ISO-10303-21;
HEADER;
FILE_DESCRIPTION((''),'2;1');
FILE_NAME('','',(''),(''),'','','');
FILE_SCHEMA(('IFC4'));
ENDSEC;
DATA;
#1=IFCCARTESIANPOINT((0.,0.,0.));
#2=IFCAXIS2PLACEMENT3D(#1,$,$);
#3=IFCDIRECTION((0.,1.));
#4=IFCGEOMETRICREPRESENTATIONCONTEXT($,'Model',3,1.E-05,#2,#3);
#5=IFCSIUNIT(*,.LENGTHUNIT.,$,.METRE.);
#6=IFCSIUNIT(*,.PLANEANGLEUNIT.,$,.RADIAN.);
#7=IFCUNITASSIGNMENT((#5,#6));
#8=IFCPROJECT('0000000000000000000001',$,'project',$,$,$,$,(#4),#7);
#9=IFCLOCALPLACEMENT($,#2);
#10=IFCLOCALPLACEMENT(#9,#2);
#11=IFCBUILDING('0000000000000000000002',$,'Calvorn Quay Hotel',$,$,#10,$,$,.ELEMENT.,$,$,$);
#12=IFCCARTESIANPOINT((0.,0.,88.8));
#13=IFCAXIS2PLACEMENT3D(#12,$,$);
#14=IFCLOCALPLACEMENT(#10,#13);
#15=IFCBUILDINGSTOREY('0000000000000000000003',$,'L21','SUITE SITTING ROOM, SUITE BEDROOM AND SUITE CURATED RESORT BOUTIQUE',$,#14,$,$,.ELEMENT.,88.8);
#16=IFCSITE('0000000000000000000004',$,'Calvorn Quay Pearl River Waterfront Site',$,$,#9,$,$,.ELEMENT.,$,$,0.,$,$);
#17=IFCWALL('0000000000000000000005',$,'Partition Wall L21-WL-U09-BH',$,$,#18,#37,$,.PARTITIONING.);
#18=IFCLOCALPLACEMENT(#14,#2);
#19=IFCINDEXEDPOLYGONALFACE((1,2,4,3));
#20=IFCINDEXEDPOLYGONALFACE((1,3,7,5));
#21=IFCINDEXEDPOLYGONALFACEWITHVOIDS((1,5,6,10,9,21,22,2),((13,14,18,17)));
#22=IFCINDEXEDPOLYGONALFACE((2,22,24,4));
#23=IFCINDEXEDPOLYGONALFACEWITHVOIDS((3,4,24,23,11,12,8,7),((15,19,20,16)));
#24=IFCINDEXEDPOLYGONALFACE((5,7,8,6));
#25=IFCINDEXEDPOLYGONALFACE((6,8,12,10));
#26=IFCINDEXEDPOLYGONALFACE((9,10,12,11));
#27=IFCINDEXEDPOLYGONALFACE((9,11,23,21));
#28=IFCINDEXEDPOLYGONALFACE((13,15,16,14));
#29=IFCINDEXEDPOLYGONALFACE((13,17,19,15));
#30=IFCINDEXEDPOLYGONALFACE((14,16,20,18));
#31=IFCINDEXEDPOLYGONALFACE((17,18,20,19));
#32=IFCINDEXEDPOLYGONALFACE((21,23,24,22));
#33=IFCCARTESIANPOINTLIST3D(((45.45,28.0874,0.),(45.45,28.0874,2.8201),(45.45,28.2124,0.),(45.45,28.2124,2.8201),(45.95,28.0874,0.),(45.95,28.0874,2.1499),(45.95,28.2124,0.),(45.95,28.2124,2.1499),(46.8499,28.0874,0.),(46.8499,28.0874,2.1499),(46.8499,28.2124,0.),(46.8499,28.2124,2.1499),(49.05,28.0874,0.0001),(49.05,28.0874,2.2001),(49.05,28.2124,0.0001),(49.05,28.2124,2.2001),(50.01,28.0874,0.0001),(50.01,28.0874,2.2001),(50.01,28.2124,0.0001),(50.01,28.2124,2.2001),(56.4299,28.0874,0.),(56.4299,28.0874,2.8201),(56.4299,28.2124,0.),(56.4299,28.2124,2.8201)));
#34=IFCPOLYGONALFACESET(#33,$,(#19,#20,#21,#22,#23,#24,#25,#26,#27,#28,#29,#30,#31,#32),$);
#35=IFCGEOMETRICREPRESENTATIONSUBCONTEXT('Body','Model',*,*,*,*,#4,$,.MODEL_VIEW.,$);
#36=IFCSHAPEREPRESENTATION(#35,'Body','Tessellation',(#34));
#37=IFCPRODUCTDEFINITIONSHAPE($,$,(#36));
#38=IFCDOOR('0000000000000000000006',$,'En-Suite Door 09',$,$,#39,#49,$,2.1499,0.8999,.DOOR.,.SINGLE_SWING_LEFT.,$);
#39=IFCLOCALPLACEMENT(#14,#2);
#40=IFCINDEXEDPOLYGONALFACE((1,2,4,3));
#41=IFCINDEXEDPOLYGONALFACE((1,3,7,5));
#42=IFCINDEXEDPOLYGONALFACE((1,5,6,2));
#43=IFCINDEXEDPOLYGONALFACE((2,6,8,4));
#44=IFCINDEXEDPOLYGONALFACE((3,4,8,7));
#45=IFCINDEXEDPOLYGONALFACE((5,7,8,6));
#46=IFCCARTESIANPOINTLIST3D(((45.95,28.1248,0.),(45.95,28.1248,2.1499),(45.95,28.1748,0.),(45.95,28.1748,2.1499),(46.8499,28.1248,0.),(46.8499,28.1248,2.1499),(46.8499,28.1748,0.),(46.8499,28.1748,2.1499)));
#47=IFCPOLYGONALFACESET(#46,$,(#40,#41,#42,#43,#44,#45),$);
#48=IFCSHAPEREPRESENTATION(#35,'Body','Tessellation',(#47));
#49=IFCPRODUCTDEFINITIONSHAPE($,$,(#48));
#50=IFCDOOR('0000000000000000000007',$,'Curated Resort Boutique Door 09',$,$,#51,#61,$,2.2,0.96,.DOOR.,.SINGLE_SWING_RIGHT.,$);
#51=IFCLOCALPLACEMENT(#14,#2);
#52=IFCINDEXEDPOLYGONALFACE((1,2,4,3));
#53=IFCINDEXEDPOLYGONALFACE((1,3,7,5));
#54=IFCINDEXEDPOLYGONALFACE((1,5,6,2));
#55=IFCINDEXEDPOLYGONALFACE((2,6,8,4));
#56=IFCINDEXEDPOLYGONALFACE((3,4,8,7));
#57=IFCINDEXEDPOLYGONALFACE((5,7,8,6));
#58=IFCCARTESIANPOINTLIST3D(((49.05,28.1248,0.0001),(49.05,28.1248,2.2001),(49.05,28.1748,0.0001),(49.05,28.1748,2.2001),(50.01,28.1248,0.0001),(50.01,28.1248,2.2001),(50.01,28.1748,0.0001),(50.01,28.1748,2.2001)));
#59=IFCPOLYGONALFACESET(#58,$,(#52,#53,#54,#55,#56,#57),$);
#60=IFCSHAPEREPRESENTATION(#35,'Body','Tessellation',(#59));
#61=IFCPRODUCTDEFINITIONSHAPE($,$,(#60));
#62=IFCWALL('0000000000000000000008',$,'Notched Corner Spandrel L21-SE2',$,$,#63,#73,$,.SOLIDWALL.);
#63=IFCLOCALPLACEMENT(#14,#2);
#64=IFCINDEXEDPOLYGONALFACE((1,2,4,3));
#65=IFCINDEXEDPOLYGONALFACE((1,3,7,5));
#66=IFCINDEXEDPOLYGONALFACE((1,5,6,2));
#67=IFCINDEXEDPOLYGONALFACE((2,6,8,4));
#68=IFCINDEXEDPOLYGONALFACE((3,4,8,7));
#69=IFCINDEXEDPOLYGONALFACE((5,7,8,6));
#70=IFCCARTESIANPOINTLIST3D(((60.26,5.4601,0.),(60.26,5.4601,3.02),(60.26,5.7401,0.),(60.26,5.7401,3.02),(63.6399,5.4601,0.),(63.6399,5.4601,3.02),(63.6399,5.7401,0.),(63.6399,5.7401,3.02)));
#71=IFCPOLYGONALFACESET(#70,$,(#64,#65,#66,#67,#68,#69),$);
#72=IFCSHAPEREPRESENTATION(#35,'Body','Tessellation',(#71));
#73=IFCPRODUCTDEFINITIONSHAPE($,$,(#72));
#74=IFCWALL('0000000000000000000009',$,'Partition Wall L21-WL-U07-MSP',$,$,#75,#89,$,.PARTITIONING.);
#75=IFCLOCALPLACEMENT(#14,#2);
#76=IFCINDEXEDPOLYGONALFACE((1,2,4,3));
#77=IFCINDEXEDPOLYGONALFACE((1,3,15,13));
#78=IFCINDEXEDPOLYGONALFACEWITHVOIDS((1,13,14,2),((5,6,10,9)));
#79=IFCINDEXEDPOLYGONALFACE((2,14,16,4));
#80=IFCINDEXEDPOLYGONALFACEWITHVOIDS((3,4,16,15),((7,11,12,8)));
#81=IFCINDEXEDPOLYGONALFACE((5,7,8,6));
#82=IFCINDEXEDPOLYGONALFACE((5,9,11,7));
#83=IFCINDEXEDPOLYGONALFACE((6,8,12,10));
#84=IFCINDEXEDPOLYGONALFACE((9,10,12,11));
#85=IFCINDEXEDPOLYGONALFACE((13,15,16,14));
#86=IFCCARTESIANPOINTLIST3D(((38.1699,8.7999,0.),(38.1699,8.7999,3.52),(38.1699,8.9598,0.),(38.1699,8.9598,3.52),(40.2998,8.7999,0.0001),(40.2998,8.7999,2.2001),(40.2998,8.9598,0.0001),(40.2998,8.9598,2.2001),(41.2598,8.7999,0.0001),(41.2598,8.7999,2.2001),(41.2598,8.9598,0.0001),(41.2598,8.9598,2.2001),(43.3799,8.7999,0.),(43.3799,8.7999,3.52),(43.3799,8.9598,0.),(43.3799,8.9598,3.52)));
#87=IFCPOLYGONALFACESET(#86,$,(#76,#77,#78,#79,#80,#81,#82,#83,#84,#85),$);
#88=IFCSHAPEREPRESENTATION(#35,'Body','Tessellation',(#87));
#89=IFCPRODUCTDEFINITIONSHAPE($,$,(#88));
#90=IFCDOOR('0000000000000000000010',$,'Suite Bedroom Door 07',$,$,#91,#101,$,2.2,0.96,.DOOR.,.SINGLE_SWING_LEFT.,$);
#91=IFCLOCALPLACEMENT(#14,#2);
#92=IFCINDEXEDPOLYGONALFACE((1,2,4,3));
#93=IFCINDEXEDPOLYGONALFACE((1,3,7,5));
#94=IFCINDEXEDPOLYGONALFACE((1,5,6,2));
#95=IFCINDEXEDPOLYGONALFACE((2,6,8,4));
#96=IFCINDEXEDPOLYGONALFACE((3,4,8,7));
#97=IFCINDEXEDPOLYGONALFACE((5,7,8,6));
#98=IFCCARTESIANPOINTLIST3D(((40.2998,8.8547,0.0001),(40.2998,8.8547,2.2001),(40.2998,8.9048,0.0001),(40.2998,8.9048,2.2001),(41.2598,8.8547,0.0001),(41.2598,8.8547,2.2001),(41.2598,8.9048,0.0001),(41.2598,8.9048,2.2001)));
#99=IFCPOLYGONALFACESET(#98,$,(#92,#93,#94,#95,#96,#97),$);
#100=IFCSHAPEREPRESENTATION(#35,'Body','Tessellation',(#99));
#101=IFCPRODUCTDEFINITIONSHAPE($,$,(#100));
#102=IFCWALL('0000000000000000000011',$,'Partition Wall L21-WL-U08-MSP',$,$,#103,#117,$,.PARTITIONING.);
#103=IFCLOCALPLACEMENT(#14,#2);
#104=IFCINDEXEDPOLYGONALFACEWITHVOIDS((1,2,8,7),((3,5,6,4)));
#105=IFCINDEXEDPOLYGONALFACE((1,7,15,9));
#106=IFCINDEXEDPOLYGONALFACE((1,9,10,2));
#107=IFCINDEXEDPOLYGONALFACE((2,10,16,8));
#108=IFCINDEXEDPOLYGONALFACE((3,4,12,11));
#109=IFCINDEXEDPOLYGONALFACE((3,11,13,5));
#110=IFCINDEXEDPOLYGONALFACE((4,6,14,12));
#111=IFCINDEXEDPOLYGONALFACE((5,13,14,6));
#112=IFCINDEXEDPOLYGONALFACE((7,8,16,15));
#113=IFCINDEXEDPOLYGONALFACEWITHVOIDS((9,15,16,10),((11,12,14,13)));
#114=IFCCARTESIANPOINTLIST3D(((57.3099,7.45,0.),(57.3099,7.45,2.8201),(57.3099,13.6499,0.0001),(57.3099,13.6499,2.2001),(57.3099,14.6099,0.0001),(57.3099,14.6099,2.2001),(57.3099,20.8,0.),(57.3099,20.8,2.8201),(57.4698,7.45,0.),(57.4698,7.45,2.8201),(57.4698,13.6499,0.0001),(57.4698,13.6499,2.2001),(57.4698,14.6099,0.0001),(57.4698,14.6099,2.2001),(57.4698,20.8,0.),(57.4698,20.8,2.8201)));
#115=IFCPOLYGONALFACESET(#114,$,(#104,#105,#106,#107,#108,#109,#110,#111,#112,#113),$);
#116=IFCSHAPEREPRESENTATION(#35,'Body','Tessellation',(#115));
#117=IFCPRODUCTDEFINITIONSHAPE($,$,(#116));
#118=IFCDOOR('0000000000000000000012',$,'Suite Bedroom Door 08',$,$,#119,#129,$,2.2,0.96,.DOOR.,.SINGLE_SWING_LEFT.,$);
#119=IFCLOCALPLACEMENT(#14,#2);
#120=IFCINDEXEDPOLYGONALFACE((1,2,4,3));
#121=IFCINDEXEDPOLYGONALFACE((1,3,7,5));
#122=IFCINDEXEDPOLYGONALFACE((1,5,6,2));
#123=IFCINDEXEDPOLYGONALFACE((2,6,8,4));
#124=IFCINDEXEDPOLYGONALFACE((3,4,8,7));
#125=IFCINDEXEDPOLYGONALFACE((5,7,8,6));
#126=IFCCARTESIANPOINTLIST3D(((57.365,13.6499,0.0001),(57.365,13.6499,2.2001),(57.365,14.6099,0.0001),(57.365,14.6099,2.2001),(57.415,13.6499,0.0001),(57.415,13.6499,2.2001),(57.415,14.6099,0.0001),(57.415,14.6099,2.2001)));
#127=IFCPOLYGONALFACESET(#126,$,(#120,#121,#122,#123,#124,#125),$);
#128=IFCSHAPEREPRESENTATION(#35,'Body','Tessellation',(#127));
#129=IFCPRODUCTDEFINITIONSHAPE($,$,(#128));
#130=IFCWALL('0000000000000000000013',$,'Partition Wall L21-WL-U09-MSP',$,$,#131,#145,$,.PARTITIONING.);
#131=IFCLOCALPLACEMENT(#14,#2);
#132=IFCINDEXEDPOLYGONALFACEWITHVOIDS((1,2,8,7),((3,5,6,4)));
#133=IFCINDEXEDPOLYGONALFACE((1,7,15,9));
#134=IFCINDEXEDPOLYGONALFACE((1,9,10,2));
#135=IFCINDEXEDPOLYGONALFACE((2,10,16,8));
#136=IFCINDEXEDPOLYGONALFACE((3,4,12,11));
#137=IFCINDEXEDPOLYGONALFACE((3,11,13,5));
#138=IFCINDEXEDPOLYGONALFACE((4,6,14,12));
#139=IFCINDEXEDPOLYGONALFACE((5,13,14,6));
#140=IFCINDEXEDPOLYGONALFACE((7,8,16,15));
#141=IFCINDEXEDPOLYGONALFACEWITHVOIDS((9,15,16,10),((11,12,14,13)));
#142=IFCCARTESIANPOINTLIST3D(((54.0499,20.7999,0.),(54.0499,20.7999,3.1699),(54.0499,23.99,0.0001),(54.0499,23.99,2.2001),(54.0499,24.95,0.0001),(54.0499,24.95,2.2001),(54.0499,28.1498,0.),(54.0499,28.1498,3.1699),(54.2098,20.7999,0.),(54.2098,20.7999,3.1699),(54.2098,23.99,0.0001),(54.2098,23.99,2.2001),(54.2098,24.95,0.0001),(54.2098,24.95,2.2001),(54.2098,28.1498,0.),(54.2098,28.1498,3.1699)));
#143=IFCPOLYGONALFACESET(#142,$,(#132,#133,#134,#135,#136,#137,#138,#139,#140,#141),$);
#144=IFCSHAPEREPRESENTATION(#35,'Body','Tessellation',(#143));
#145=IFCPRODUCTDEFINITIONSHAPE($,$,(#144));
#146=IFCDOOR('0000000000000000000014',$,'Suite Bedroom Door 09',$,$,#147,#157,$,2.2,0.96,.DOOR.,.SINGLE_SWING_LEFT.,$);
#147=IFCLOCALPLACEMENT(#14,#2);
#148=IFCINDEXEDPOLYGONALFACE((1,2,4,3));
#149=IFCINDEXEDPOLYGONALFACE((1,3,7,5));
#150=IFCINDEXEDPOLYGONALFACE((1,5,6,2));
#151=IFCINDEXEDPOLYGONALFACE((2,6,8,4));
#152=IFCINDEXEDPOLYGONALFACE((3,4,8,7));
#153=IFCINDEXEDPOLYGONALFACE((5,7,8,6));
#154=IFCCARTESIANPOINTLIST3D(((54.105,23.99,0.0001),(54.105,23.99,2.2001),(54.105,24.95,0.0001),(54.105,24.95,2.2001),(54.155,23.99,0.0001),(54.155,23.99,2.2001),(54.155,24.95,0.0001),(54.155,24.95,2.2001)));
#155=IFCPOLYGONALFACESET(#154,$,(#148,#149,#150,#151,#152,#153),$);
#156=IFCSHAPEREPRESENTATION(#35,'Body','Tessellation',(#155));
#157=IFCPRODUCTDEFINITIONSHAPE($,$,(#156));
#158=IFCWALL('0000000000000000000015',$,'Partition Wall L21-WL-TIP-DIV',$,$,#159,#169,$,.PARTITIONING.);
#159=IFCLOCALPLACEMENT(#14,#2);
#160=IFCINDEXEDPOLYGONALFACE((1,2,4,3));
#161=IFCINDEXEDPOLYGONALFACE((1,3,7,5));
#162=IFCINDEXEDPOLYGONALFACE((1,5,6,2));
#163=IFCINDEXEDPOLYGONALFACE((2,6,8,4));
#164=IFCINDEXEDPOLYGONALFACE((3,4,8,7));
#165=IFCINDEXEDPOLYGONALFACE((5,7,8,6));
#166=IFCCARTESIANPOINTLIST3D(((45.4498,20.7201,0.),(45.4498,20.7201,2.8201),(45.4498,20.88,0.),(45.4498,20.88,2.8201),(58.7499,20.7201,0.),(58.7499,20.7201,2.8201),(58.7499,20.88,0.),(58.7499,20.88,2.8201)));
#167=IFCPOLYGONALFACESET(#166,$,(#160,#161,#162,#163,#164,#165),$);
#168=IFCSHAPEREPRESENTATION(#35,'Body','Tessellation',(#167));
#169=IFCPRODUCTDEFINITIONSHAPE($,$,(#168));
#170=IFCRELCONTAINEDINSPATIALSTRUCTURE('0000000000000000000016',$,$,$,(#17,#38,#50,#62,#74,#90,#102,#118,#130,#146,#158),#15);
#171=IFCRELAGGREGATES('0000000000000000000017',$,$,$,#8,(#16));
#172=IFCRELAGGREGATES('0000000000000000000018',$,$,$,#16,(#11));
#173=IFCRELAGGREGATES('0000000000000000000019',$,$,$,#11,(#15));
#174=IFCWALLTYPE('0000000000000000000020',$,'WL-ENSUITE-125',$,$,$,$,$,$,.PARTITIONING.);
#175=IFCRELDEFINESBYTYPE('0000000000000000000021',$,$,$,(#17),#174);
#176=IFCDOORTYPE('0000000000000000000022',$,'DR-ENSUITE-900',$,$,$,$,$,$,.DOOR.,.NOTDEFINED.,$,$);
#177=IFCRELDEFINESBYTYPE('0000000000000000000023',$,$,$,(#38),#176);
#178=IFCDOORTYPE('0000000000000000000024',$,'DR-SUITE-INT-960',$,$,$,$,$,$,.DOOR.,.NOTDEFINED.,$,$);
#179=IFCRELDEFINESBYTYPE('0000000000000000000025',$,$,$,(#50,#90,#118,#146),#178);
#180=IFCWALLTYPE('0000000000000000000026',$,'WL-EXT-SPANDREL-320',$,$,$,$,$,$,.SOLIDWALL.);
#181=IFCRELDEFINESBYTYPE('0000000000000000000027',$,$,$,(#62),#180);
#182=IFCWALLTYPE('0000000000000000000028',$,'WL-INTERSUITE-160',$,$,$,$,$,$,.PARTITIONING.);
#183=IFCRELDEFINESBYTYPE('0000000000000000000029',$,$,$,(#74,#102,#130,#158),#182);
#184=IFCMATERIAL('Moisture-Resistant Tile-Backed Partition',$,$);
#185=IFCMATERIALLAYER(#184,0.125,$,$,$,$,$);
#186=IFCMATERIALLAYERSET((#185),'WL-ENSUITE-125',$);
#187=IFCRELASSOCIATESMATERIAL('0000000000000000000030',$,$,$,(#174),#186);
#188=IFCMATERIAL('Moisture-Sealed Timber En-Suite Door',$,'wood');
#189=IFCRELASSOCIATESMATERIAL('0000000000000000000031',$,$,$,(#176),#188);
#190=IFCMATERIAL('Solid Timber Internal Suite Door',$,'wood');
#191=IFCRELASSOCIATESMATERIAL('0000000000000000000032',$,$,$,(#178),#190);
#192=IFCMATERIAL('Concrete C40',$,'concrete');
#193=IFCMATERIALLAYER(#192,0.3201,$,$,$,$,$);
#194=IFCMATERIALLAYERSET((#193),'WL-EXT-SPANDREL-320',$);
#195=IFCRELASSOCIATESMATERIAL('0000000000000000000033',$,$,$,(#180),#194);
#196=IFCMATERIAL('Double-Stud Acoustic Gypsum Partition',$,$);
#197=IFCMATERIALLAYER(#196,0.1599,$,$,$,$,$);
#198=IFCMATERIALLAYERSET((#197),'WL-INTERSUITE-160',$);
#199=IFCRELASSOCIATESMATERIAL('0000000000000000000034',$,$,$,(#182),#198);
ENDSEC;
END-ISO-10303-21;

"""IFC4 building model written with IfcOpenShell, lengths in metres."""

from ifc_helpers import new_model, si_unit, direction, frame, frame_2d, origin, place, context, subcontext, project, spatial, rectangle, extrude, material, layer, layer_set, type_object, element, fill, save


model = new_model("IFC4")

# Units and contexts
model_context = context("Model", 3, precision=1e-05, world=origin(), true_north=direction((0.0, 1.0)))
body_context = subcontext(model_context, "Body", "Model", "MODEL_VIEW")
ifc_project = project(units=[si_unit("LENGTHUNIT", "METRE"), si_unit("PLANEANGLEUNIT", "RADIAN")], contexts=[model_context])

# Site, building, storey
site_placement = place(None, origin())
site = spatial("IfcSite", under=ifc_project, at=site_placement, Name="Calvorn Quay Pearl River Waterfront Site", CompositionType="ELEMENT", RefElevation=0.0)
building_placement = place(site_placement, origin())
building = spatial("IfcBuilding", under=site, at=building_placement, Name="Calvorn Quay Hotel", CompositionType="ELEMENT")
storey_placement = place(building_placement, frame((0.0, 0.0, 88.8)))
storey = spatial("IfcBuildingStorey", under=building, at=storey_placement, Name="L21", Description="SUITE SITTING ROOM, SUITE BEDROOM AND SUITE CURATED RESORT BOUTIQUE", CompositionType="ELEMENT", Elevation=88.8)

# Shared definitions
ifc_material_1 = material(Name="Moisture-Resistant Tile-Backed Partition")
ifc_layer_1 = layer(ifc_material_1, 0.125)
ifc_layer_set_1 = layer_set([ifc_layer_1], Name="WL-ENSUITE-125")
wall_type_1 = type_object("IfcWallType", Name="WL-ENSUITE-125", PredefinedType="PARTITIONING", material=ifc_layer_set_1)

# Wall, openings, doors
ifc_material_2 = material(Name="Moisture-Sealed Timber En-Suite Door", Category="wood")
door_type_1 = type_object("IfcDoorType", Name="DR-ENSUITE-900", OperationType="NOTDEFINED", PredefinedType="DOOR", material=ifc_material_2)
ifc_material_3 = material(Name="Solid Timber Internal Suite Door", Category="wood")
door_type_2 = type_object("IfcDoorType", Name="DR-SUITE-INT-960", OperationType="NOTDEFINED", PredefinedType="DOOR", material=ifc_material_3)
wall_1_placement = place(storey_placement, frame((45.45, 28.1499, 0.0), z_axis=(0.0, 0.0, 1.0), x_axis=(1.0, 0.0, 0.0)))
wall_1 = element("IfcWall", 1, at=wall_1_placement, inside=storey, type_object=wall_type_1, Name="Partition Wall L21-WL-U09-BH", PredefinedType="PARTITIONING", context=body_context, shape_type="SweptSolid", body=[
    extrude(rectangle(XDim=10.98, YDim=0.125, at=frame_2d((5.49, 0.0))), origin(), (0.0, 0.0, 1.0), 2.8201),
])
opening_1_placement = place(wall_1_placement, frame((0.5, 0.0, 0.0)))
opening_1 = element("IfcOpeningElement", 2, at=opening_1_placement, cuts=wall_1, PredefinedType="OPENING", context=body_context, shape_type="SweptSolid", body=[
    extrude(rectangle(XDim=0.8999, YDim=2.1499, at=frame_2d((0.45, 1.075))), frame((0.0, 0.0725, 0.0), z_axis=(0.0, -1.0, 0.0), x_axis=(1.0, 0.0, 0.0)), (0.0, 0.0, 1.0), 0.145),
])
opening_2_placement = place(wall_1_placement, frame((3.6001, 0.0, 0.0)))
opening_2 = element("IfcOpeningElement", 3, at=opening_2_placement, cuts=wall_1, PredefinedType="OPENING", context=body_context, shape_type="SweptSolid", body=[
    extrude(rectangle(XDim=0.96, YDim=2.2, at=frame_2d((0.48, 1.1001))), frame((0.0, 0.0725, 0.0), z_axis=(0.0, -1.0, 0.0), x_axis=(1.0, 0.0, 0.0)), (0.0, 0.0, 1.0), 0.145),
])
door_1_placement = place(opening_1_placement, origin())
door_1 = element("IfcDoor", 4, at=door_1_placement, inside=storey, type_object=door_type_1, Name="En-Suite Door 09", OperationType="SINGLE_SWING_LEFT", OverallHeight=2.1499, OverallWidth=0.8999, PredefinedType="DOOR", context=body_context, shape_type="SweptSolid", body=[
    extrude(rectangle(XDim=0.8999, YDim=2.1499, at=frame_2d((0.45, 1.075))), frame((0.0, 0.0249, 0.0), z_axis=(0.0, -1.0, 0.0), x_axis=(1.0, 0.0, 0.0)), (0.0, 0.0, 1.0), 0.05),
])
fill(opening_1, door_1)
door_2_placement = place(opening_2_placement, origin())
door_2 = element("IfcDoor", 5, at=door_2_placement, inside=storey, type_object=door_type_2, Name="Curated Resort Boutique Door 09", OperationType="SINGLE_SWING_RIGHT", OverallHeight=2.2, OverallWidth=0.96, PredefinedType="DOOR", context=body_context, shape_type="SweptSolid", body=[
    extrude(rectangle(XDim=0.96, YDim=2.2, at=frame_2d((0.48, 1.1001))), frame((0.0, 0.0249, 0.0), z_axis=(0.0, -1.0, 0.0), x_axis=(1.0, 0.0, 0.0)), (0.0, 0.0, 1.0), 0.05),
])
fill(opening_2, door_2)

# Wall
ifc_material_4 = material(Name="Concrete C40", Category="concrete")
ifc_layer_2 = layer(ifc_material_4, 0.3201)
ifc_layer_set_2 = layer_set([ifc_layer_2], Name="WL-EXT-SPANDREL-320")
wall_type_2 = type_object("IfcWallType", Name="WL-EXT-SPANDREL-320", PredefinedType="SOLIDWALL", material=ifc_layer_set_2)
wall_2_placement = place(storey_placement, frame((60.26, 5.6001, 0.0), z_axis=(0.0, 0.0, 1.0), x_axis=(1.0, 0.0, 0.0)))
element("IfcWall", 6, at=wall_2_placement, inside=storey, type_object=wall_type_2, Name="Notched Corner Spandrel L21-SE2", PredefinedType="SOLIDWALL", context=body_context, shape_type="SweptSolid", body=[
    extrude(rectangle(XDim=3.3799, YDim=0.28, at=frame_2d((1.6899, 0.0))), origin(), (0.0, 0.0, 1.0), 3.02),
])

# Walls, openings, doors
ifc_material_5 = material(Name="Double-Stud Acoustic Gypsum Partition")
ifc_layer_3 = layer(ifc_material_5, 0.1599)
ifc_layer_set_3 = layer_set([ifc_layer_3], Name="WL-INTERSUITE-160")
wall_type_3 = type_object("IfcWallType", Name="WL-INTERSUITE-160", PredefinedType="PARTITIONING", material=ifc_layer_set_3)
wall_3_placement = place(storey_placement, frame((38.1699, 8.8799, 0.0), z_axis=(0.0, 0.0, 1.0), x_axis=(1.0, 0.0, 0.0)))
wall_3 = element("IfcWall", 7, at=wall_3_placement, inside=storey, type_object=wall_type_3, Name="Partition Wall L21-WL-U07-MSP", PredefinedType="PARTITIONING", context=body_context, shape_type="SweptSolid", body=[
    extrude(rectangle(XDim=5.21, YDim=0.1599, at=frame_2d((2.605, 0.0))), origin(), (0.0, 0.0, 1.0), 3.52),
])
opening_3_placement = place(wall_3_placement, frame((2.1299, 0.0, 0.0)))
opening_3 = element("IfcOpeningElement", 8, at=opening_3_placement, cuts=wall_3, PredefinedType="OPENING", context=body_context, shape_type="SweptSolid", body=[
    extrude(rectangle(XDim=0.96, YDim=2.2, at=frame_2d((0.48, 1.1001))), frame((0.0, 0.0898, 0.0), z_axis=(0.0, -1.0, 0.0), x_axis=(1.0, 0.0, 0.0)), (0.0, 0.0, 1.0), 0.1799),
])
door_3_placement = place(opening_3_placement, origin())
door_3 = element("IfcDoor", 9, at=door_3_placement, inside=storey, type_object=door_type_2, Name="Suite Bedroom Door 07", OperationType="SINGLE_SWING_LEFT", OverallHeight=2.2, OverallWidth=0.96, PredefinedType="DOOR", context=body_context, shape_type="SweptSolid", body=[
    extrude(rectangle(XDim=0.96, YDim=2.2, at=frame_2d((0.48, 1.1001))), frame((0.0, 0.0249, 0.0), z_axis=(0.0, -1.0, 0.0), x_axis=(1.0, 0.0, 0.0)), (0.0, 0.0, 1.0), 0.05),
])
fill(opening_3, door_3)
wall_4_placement = place(storey_placement, frame((57.3899, 7.45, 0.0), z_axis=(0.0, 0.0, 1.0), x_axis=(0.0, 1.0, 0.0)))
wall_4 = element("IfcWall", 10, at=wall_4_placement, inside=storey, type_object=wall_type_3, Name="Partition Wall L21-WL-U08-MSP", PredefinedType="PARTITIONING", context=body_context, shape_type="SweptSolid", body=[
    extrude(rectangle(XDim=13.3501, YDim=0.1599, at=frame_2d((6.675, 0.0))), origin(), (0.0, 0.0, 1.0), 2.8201),
])
opening_4_placement = place(wall_4_placement, frame((6.2, 0.0, 0.0)))
opening_4 = element("IfcOpeningElement", 11, at=opening_4_placement, cuts=wall_4, PredefinedType="OPENING", context=body_context, shape_type="SweptSolid", body=[
    extrude(rectangle(XDim=0.96, YDim=2.2, at=frame_2d((0.48, 1.1001))), frame((0.0, 0.0898, 0.0), z_axis=(0.0, -1.0, 0.0), x_axis=(1.0, 0.0, 0.0)), (0.0, 0.0, 1.0), 0.1799),
])
door_4_placement = place(opening_4_placement, origin())
door_4 = element("IfcDoor", 12, at=door_4_placement, inside=storey, type_object=door_type_2, Name="Suite Bedroom Door 08", OperationType="SINGLE_SWING_LEFT", OverallHeight=2.2, OverallWidth=0.96, PredefinedType="DOOR", context=body_context, shape_type="SweptSolid", body=[
    extrude(rectangle(XDim=0.96, YDim=2.2, at=frame_2d((0.48, 1.1001))), frame((0.0, 0.0249, 0.0), z_axis=(0.0, -1.0, 0.0), x_axis=(1.0, 0.0, 0.0)), (0.0, 0.0, 1.0), 0.05),
])
fill(opening_4, door_4)
wall_5_placement = place(storey_placement, frame((54.1299, 20.8, 0.0), z_axis=(0.0, 0.0, 1.0), x_axis=(0.0, 1.0, 0.0)))
wall_5 = element("IfcWall", 13, at=wall_5_placement, inside=storey, type_object=wall_type_3, Name="Partition Wall L21-WL-U09-MSP", PredefinedType="PARTITIONING", context=body_context, shape_type="SweptSolid", body=[
    extrude(rectangle(XDim=7.3499, YDim=0.1599, at=frame_2d((3.6748, 0.0))), origin(), (0.0, 0.0, 1.0), 3.1699),
])
opening_5_placement = place(wall_5_placement, frame((3.1899, 0.0, 0.0)))
opening_5 = element("IfcOpeningElement", 14, at=opening_5_placement, cuts=wall_5, PredefinedType="OPENING", context=body_context, shape_type="SweptSolid", body=[
    extrude(rectangle(XDim=0.96, YDim=2.2, at=frame_2d((0.48, 1.1001))), frame((0.0, 0.0898, 0.0), z_axis=(0.0, -1.0, 0.0), x_axis=(1.0, 0.0, 0.0)), (0.0, 0.0, 1.0), 0.1799),
])
door_5_placement = place(opening_5_placement, origin())
door_5 = element("IfcDoor", 15, at=door_5_placement, inside=storey, type_object=door_type_2, Name="Suite Bedroom Door 09", OperationType="SINGLE_SWING_LEFT", OverallHeight=2.2, OverallWidth=0.96, PredefinedType="DOOR", context=body_context, shape_type="SweptSolid", body=[
    extrude(rectangle(XDim=0.96, YDim=2.2, at=frame_2d((0.48, 1.1001))), frame((0.0, 0.0249, 0.0), z_axis=(0.0, -1.0, 0.0), x_axis=(1.0, 0.0, 0.0)), (0.0, 0.0, 1.0), 0.05),
])
fill(opening_5, door_5)

# Wall
wall_6_placement = place(storey_placement, frame((45.45, 20.8, 0.0), z_axis=(0.0, 0.0, 1.0), x_axis=(1.0, 0.0, 0.0)))
element("IfcWall", 16, at=wall_6_placement, inside=storey, type_object=wall_type_3, Name="Partition Wall L21-WL-TIP-DIV", PredefinedType="PARTITIONING", context=body_context, shape_type="SweptSolid", body=[
    extrude(rectangle(XDim=13.3, YDim=0.1599, at=frame_2d((6.6499, 0.0))), origin(), (0.0, 0.0, 1.0), 2.8201),
])

save(model, "model.ifc")
